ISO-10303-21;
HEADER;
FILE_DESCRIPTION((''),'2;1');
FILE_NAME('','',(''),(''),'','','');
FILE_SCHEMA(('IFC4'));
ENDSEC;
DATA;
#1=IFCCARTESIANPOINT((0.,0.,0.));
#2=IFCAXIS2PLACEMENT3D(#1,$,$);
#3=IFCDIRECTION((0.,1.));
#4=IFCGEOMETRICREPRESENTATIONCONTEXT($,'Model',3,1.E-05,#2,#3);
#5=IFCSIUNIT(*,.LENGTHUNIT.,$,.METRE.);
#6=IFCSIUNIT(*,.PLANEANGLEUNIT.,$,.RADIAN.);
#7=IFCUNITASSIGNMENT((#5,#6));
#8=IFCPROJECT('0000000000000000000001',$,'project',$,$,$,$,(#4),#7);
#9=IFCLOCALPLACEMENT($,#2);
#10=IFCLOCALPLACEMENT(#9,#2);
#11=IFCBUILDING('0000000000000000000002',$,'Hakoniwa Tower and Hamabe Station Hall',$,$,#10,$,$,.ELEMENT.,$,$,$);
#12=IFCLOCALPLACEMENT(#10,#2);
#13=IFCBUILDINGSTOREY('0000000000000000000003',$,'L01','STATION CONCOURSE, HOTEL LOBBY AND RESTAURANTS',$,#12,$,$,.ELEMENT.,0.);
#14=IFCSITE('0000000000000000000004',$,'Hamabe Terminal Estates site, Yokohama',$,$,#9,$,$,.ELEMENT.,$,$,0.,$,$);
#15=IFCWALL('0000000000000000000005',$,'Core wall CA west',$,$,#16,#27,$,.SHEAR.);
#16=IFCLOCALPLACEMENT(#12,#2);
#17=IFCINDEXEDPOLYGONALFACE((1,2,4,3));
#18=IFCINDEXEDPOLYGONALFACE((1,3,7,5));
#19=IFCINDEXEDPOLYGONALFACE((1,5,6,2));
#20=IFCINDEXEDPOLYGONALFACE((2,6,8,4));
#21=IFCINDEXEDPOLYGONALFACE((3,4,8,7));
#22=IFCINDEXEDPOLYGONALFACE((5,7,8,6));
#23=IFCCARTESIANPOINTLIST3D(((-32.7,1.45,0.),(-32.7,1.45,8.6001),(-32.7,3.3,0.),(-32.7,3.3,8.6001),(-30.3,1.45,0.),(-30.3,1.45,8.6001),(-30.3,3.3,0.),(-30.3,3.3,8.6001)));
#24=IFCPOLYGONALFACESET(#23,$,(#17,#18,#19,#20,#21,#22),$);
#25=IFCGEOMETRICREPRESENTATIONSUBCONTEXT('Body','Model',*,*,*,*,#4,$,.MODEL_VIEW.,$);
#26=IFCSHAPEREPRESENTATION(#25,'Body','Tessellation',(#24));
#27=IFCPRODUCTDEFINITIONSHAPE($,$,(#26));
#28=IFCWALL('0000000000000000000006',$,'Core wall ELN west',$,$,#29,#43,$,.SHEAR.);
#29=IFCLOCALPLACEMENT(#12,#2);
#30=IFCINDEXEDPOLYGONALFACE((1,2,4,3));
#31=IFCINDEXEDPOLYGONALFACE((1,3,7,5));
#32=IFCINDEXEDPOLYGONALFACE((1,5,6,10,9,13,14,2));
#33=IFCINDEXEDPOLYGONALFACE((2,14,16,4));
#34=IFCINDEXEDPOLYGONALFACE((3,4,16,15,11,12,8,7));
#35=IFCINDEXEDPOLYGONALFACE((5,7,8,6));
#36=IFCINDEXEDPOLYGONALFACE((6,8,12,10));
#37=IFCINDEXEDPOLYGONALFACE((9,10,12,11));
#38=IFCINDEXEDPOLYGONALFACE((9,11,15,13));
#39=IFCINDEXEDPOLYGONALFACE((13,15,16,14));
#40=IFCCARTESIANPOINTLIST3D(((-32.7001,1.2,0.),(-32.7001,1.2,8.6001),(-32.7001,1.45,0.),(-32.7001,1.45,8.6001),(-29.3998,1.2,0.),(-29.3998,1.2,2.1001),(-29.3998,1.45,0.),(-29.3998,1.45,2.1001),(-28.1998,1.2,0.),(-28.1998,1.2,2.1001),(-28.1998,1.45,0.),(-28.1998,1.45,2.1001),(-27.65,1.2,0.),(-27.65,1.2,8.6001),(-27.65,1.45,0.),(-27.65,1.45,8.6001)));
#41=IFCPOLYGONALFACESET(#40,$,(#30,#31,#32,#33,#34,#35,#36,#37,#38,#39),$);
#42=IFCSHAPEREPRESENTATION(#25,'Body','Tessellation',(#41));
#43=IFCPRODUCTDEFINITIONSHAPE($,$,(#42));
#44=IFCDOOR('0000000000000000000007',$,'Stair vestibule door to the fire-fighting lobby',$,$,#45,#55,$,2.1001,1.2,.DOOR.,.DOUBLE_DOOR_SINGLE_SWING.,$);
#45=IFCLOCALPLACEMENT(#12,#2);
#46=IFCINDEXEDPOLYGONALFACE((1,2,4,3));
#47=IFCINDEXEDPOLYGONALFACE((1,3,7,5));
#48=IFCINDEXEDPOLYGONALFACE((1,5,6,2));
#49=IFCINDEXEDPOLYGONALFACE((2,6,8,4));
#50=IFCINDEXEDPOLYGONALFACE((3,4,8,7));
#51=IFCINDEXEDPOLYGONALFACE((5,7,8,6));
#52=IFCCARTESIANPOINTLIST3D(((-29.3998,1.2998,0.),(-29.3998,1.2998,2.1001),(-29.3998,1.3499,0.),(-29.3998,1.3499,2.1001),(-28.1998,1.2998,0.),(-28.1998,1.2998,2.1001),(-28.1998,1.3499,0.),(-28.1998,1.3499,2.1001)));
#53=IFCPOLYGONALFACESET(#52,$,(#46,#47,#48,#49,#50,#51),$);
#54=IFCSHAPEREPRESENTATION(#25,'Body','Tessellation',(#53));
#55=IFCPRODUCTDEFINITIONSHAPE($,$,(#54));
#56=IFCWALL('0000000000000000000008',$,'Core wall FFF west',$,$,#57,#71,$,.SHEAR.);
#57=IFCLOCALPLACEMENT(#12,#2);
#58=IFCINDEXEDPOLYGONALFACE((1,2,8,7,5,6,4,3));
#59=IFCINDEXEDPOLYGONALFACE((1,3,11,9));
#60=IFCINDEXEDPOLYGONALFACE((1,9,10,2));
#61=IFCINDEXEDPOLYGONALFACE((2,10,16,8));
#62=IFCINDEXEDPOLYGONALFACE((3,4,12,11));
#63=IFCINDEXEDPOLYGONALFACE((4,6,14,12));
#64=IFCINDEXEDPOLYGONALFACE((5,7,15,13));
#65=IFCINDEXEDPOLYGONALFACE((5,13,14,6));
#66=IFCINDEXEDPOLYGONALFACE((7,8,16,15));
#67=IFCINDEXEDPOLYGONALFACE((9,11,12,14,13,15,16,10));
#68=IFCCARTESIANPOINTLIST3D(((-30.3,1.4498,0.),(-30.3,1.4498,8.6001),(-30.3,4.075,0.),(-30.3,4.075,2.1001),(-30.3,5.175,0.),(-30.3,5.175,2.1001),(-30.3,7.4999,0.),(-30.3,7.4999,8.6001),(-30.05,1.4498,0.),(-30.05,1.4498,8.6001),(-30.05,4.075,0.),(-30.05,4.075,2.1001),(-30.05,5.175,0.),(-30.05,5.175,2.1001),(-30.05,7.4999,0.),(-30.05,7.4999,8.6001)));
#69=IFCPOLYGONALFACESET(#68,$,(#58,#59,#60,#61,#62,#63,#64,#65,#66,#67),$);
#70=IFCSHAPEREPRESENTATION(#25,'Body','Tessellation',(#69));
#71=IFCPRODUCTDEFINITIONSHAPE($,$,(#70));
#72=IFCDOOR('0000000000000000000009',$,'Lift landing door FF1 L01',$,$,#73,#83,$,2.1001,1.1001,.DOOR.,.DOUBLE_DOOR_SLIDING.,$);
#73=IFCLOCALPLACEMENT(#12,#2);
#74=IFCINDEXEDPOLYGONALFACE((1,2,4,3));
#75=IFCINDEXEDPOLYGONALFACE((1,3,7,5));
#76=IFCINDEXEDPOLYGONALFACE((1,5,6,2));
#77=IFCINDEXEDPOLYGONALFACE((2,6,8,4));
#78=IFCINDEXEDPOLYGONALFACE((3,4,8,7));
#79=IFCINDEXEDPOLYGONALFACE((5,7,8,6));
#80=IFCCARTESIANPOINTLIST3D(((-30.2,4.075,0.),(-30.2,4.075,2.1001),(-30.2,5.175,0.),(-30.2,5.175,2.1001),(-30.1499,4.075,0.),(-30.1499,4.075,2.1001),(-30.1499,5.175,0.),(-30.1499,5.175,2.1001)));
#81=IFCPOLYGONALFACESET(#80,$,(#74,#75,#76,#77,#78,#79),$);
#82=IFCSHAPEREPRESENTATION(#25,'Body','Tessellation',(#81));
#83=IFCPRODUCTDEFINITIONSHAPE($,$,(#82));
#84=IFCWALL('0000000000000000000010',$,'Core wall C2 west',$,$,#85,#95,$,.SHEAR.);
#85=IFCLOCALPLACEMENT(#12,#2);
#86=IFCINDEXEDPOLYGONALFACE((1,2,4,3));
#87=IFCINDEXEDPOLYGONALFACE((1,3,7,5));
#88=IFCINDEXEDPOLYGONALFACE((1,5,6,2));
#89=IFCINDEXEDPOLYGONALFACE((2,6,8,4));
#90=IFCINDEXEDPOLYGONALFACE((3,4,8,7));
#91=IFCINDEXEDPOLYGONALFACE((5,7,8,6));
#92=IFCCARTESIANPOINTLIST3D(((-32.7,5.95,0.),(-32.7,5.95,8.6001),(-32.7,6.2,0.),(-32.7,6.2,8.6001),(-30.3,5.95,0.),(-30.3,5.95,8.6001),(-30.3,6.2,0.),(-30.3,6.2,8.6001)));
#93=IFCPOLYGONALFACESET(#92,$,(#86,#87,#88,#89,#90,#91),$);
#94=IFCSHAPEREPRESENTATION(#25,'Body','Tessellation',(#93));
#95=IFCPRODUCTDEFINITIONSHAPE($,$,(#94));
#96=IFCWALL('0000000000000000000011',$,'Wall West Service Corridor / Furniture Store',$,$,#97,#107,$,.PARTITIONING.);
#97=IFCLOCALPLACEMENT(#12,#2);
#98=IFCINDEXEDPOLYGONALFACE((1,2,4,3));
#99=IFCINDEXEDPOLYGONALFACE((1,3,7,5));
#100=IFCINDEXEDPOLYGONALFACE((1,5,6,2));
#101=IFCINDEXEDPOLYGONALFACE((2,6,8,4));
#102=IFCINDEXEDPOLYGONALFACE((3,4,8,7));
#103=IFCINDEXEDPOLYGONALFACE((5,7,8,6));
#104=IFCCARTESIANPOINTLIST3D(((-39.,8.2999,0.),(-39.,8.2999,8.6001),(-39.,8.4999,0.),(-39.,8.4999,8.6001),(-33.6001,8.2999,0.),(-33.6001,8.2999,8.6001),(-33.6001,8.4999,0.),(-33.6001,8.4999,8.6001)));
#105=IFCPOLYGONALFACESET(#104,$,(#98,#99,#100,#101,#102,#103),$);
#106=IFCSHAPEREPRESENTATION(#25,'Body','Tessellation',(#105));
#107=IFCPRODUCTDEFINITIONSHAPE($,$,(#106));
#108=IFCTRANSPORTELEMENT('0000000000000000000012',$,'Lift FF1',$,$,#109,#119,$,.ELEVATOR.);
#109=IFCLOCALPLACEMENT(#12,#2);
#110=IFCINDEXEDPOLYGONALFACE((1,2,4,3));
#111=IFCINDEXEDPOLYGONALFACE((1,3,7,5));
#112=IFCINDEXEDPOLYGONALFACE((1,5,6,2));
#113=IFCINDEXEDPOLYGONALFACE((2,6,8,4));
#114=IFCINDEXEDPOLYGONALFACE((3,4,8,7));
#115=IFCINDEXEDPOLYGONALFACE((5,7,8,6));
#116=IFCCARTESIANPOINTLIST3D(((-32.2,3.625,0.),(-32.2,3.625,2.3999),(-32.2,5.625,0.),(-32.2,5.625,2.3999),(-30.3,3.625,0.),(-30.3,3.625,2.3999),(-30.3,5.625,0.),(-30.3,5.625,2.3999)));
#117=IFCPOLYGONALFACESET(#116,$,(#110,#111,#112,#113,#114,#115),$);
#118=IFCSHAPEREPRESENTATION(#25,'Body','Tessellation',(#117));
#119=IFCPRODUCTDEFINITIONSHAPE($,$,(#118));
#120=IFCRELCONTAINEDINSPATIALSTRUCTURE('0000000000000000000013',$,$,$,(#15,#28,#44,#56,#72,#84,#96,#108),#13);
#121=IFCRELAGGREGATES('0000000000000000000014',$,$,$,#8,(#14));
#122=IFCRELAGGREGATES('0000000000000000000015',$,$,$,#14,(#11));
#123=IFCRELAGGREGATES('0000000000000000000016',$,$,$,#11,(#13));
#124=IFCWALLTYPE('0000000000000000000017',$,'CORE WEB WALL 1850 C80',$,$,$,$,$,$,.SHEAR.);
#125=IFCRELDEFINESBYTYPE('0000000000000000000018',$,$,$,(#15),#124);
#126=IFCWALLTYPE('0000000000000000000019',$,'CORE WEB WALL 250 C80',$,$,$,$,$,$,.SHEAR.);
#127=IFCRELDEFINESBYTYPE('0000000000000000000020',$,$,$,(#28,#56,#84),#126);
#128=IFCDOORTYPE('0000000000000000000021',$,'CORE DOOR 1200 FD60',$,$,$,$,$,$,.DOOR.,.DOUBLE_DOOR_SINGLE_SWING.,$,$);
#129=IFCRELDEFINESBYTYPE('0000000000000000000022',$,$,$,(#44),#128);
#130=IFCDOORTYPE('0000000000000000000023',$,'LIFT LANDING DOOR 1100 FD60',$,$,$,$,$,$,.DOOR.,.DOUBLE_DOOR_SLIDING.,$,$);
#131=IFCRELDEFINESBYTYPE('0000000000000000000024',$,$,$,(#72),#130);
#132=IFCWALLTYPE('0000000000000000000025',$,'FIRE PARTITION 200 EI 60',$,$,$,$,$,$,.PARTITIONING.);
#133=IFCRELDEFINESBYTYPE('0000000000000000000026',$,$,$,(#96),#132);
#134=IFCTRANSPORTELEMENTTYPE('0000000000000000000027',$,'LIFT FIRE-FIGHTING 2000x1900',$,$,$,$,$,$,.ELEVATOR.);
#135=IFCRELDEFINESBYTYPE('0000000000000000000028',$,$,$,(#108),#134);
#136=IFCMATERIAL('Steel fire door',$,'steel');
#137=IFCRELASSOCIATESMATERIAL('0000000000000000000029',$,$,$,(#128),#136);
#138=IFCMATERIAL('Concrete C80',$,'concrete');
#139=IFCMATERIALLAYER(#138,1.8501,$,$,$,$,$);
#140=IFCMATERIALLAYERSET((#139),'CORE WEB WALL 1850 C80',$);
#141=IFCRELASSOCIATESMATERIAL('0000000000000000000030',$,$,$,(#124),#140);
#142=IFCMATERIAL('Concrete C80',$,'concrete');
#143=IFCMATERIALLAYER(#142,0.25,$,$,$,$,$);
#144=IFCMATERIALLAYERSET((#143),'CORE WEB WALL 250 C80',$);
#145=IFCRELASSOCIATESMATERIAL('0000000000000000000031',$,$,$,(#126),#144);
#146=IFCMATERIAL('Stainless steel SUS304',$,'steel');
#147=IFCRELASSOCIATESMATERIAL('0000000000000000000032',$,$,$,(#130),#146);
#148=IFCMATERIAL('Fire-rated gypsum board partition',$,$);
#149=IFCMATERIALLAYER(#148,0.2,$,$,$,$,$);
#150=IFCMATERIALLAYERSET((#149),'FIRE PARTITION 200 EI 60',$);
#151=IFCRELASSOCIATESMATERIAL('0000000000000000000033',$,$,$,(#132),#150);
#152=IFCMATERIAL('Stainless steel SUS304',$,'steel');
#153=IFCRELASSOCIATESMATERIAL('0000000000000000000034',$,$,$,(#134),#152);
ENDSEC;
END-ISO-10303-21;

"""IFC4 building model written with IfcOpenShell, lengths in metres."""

from ifc_helpers import new_model, si_unit, direction, frame, frame_2d, origin, origin_2d, place, context, subcontext, project, spatial, rectangle, extrude, material, layer, layer_set, type_object, element, fill, save


model = new_model("IFC4")

# Units and contexts
model_context = context("Model", 3, precision=1e-05, world=origin(), true_north=direction((0.0, 1.0)))
body_context = subcontext(model_context, "Body", "Model", "MODEL_VIEW")
ifc_project = project(units=[si_unit("LENGTHUNIT", "METRE"), si_unit("PLANEANGLEUNIT", "RADIAN")], contexts=[model_context])

# Site, building, storey
site_placement = place(None, origin())
site = spatial("IfcSite", under=ifc_project, at=site_placement, Name="Hamabe Terminal Estates site, Yokohama", CompositionType="ELEMENT", RefElevation=0.0)
building_placement = place(site_placement, origin())
building = spatial("IfcBuilding", under=site, at=building_placement, Name="Hakoniwa Tower and Hamabe Station Hall", CompositionType="ELEMENT")
storey_placement = place(building_placement, origin())
storey = spatial("IfcBuildingStorey", under=building, at=storey_placement, Name="L01", Description="STATION CONCOURSE, HOTEL LOBBY AND RESTAURANTS", CompositionType="ELEMENT", Elevation=0.0)

# Shared definitions
ifc_material_1 = material(Name="Steel fire door", Category="steel")
door_type_1 = type_object("IfcDoorType", Name="CORE DOOR 1200 FD60", OperationType="DOUBLE_DOOR_SINGLE_SWING", PredefinedType="DOOR", material=ifc_material_1)

# Wall
ifc_material_2 = material(Name="Concrete C80", Category="concrete")
ifc_layer_1 = layer(ifc_material_2, 1.8501)
ifc_layer_set_1 = layer_set([ifc_layer_1], Name="CORE WEB WALL 1850 C80")
wall_type_1 = type_object("IfcWallType", Name="CORE WEB WALL 1850 C80", PredefinedType="SHEAR", material=ifc_layer_set_1)
wall_1_placement = place(storey_placement, frame((-32.7, 2.375, 0.0), z_axis=(0.0, 0.0, 1.0), x_axis=(1.0, 0.0, 0.0)))
element("IfcWall", 1, at=wall_1_placement, inside=storey, type_object=wall_type_1, Name="Core wall CA west", PredefinedType="SHEAR", context=body_context, shape_type="SweptSolid", body=[
    extrude(rectangle(XDim=2.3999, YDim=1.8501, at=frame_2d((1.2, 0.0))), origin(), (0.0, 0.0, 1.0), 8.6001),
])

# Walls, openings, doors
ifc_material_3 = material(Name="Concrete C80", Category="concrete")
ifc_layer_2 = layer(ifc_material_3, 0.25)
ifc_layer_set_2 = layer_set([ifc_layer_2], Name="CORE WEB WALL 250 C80")
wall_type_2 = type_object("IfcWallType", Name="CORE WEB WALL 250 C80", PredefinedType="SHEAR", material=ifc_layer_set_2)
wall_2_placement = place(storey_placement, frame((-32.7, 1.325, 0.0), z_axis=(0.0, 0.0, 1.0), x_axis=(1.0, 0.0, 0.0)))
wall_2 = element("IfcWall", 2, at=wall_2_placement, inside=storey, type_object=wall_type_2, Name="Core wall ELN west", PredefinedType="SHEAR", context=body_context, shape_type="SweptSolid", body=[
    extrude(rectangle(XDim=5.05, YDim=0.25, at=frame_2d((2.5249, 0.0))), origin(), (0.0, 0.0, 1.0), 8.6001),
])
opening_1_placement = place(wall_2_placement, frame((3.3, 0.0, 0.0)))
opening_1 = element("IfcOpeningElement", 3, at=opening_1_placement, cuts=wall_2, PredefinedType="OPENING", context=body_context, shape_type="SweptSolid", body=[
    extrude(rectangle(XDim=1.2, YDim=2.1001, at=frame_2d((0.6001, 1.05))), frame((0.0, 0.135, 0.0), z_axis=(0.0, -1.0, 0.0), x_axis=(1.0, 0.0, 0.0)), (0.0, 0.0, 1.0), 0.27),
])
door_1_placement = place(opening_1_placement, origin())
door_1 = element("IfcDoor", 4, at=door_1_placement, inside=storey, type_object=door_type_1, Name="Stair vestibule door to the fire-fighting lobby", OperationType="DOUBLE_DOOR_SINGLE_SWING", OverallHeight=2.1001, OverallWidth=1.2, PredefinedType="DOOR", context=body_context, shape_type="SweptSolid", body=[
    extrude(rectangle(XDim=1.2, YDim=2.1001, at=frame_2d((0.6001, 1.05))), frame((0.0, 0.0249, 0.0), z_axis=(0.0, -1.0, 0.0), x_axis=(1.0, 0.0, 0.0)), (0.0, 0.0, 1.0), 0.05),
])
fill(opening_1, door_1)
wall_3_placement = place(storey_placement, frame((-30.175, 1.45, 0.0), z_axis=(0.0, 0.0, 1.0), x_axis=(0.0, 1.0, 0.0)))
wall_3 = element("IfcWall", 5, at=wall_3_placement, inside=storey, type_object=wall_type_2, Name="Core wall FFF west", PredefinedType="SHEAR", context=body_context, shape_type="SweptSolid", body=[
    extrude(rectangle(XDim=6.05, YDim=0.25, at=frame_2d((3.0249, 0.0))), origin(), (0.0, 0.0, 1.0), 8.6001),
])
opening_2_placement = place(wall_3_placement, frame((2.625, 0.0, 0.0)))
opening_2 = element("IfcOpeningElement", 6, at=opening_2_placement, cuts=wall_3, PredefinedType="OPENING", context=body_context, shape_type="SweptSolid", body=[
    extrude(rectangle(XDim=1.1001, YDim=2.1001, at=frame_2d((0.55, 1.05))), frame((0.0, 0.135, 0.0), z_axis=(0.0, -1.0, 0.0), x_axis=(1.0, 0.0, 0.0)), (0.0, 0.0, 1.0), 0.27),
])
ifc_material_4 = material(Name="Stainless steel SUS304", Category="steel")
door_type_2 = type_object("IfcDoorType", Name="LIFT LANDING DOOR 1100 FD60", OperationType="DOUBLE_DOOR_SLIDING", PredefinedType="DOOR", material=ifc_material_4)
door_2_placement = place(opening_2_placement, origin())
door_2 = element("IfcDoor", 7, at=door_2_placement, inside=storey, type_object=door_type_2, Name="Lift landing door FF1 L01", OperationType="DOUBLE_DOOR_SLIDING", OverallHeight=2.1001, OverallWidth=1.1001, PredefinedType="DOOR", context=body_context, shape_type="SweptSolid", body=[
    extrude(rectangle(XDim=1.1001, YDim=2.1001, at=frame_2d((0.55, 1.05))), frame((0.0, 0.0249, 0.0), z_axis=(0.0, -1.0, 0.0), x_axis=(1.0, 0.0, 0.0)), (0.0, 0.0, 1.0), 0.05),
])
fill(opening_2, door_2)

# Walls
wall_4_placement = place(storey_placement, frame((-32.7, 6.075, 0.0), z_axis=(0.0, 0.0, 1.0), x_axis=(1.0, 0.0, 0.0)))
element("IfcWall", 8, at=wall_4_placement, inside=storey, type_object=wall_type_2, Name="Core wall C2 west", PredefinedType="SHEAR", context=body_context, shape_type="SweptSolid", body=[
    extrude(rectangle(XDim=2.3999, YDim=0.25, at=frame_2d((1.2, 0.0))), origin(), (0.0, 0.0, 1.0), 8.6001),
])
ifc_material_5 = material(Name="Fire-rated gypsum board partition")
ifc_layer_3 = layer(ifc_material_5, 0.2)
ifc_layer_set_3 = layer_set([ifc_layer_3], Name="FIRE PARTITION 200 EI 60")
wall_type_3 = type_object("IfcWallType", Name="FIRE PARTITION 200 EI 60", PredefinedType="PARTITIONING", material=ifc_layer_set_3)
wall_5_placement = place(storey_placement, frame((-33.6001, 8.3999, 0.0), z_axis=(0.0, 0.0, 1.0), x_axis=(-1.0, 0.0, 0.0)))
element("IfcWall", 9, at=wall_5_placement, inside=storey, type_object=wall_type_3, Name="Wall West Service Corridor / Furniture Store", PredefinedType="PARTITIONING", context=body_context, shape_type="SweptSolid", body=[
    extrude(rectangle(XDim=5.3999, YDim=0.2, at=frame_2d((2.7, 0.0))), origin(), (0.0, 0.0, 1.0), 8.6001),
])

# Transport element
ifc_material_6 = material(Name="Stainless steel SUS304", Category="steel")
transport_element_type = type_object("IfcTransportElementType", Name="LIFT FIRE-FIGHTING 2000x1900", PredefinedType="ELEVATOR", material=ifc_material_6)
transport_element_placement = place(storey_placement, frame((-31.25, 4.625, 0.0), z_axis=(0.0, 0.0, 1.0), x_axis=(1.0, 0.0, 0.0)))
element("IfcTransportElement", 10, at=transport_element_placement, inside=storey, type_object=transport_element_type, Name="Lift FF1", PredefinedType="ELEVATOR", context=body_context, shape_type="SweptSolid", body=[
    extrude(rectangle(XDim=1.8999, YDim=2.0, at=origin_2d()), origin(), (0.0, 0.0, 1.0), 2.3999),
])

save(model, "model.ifc")
